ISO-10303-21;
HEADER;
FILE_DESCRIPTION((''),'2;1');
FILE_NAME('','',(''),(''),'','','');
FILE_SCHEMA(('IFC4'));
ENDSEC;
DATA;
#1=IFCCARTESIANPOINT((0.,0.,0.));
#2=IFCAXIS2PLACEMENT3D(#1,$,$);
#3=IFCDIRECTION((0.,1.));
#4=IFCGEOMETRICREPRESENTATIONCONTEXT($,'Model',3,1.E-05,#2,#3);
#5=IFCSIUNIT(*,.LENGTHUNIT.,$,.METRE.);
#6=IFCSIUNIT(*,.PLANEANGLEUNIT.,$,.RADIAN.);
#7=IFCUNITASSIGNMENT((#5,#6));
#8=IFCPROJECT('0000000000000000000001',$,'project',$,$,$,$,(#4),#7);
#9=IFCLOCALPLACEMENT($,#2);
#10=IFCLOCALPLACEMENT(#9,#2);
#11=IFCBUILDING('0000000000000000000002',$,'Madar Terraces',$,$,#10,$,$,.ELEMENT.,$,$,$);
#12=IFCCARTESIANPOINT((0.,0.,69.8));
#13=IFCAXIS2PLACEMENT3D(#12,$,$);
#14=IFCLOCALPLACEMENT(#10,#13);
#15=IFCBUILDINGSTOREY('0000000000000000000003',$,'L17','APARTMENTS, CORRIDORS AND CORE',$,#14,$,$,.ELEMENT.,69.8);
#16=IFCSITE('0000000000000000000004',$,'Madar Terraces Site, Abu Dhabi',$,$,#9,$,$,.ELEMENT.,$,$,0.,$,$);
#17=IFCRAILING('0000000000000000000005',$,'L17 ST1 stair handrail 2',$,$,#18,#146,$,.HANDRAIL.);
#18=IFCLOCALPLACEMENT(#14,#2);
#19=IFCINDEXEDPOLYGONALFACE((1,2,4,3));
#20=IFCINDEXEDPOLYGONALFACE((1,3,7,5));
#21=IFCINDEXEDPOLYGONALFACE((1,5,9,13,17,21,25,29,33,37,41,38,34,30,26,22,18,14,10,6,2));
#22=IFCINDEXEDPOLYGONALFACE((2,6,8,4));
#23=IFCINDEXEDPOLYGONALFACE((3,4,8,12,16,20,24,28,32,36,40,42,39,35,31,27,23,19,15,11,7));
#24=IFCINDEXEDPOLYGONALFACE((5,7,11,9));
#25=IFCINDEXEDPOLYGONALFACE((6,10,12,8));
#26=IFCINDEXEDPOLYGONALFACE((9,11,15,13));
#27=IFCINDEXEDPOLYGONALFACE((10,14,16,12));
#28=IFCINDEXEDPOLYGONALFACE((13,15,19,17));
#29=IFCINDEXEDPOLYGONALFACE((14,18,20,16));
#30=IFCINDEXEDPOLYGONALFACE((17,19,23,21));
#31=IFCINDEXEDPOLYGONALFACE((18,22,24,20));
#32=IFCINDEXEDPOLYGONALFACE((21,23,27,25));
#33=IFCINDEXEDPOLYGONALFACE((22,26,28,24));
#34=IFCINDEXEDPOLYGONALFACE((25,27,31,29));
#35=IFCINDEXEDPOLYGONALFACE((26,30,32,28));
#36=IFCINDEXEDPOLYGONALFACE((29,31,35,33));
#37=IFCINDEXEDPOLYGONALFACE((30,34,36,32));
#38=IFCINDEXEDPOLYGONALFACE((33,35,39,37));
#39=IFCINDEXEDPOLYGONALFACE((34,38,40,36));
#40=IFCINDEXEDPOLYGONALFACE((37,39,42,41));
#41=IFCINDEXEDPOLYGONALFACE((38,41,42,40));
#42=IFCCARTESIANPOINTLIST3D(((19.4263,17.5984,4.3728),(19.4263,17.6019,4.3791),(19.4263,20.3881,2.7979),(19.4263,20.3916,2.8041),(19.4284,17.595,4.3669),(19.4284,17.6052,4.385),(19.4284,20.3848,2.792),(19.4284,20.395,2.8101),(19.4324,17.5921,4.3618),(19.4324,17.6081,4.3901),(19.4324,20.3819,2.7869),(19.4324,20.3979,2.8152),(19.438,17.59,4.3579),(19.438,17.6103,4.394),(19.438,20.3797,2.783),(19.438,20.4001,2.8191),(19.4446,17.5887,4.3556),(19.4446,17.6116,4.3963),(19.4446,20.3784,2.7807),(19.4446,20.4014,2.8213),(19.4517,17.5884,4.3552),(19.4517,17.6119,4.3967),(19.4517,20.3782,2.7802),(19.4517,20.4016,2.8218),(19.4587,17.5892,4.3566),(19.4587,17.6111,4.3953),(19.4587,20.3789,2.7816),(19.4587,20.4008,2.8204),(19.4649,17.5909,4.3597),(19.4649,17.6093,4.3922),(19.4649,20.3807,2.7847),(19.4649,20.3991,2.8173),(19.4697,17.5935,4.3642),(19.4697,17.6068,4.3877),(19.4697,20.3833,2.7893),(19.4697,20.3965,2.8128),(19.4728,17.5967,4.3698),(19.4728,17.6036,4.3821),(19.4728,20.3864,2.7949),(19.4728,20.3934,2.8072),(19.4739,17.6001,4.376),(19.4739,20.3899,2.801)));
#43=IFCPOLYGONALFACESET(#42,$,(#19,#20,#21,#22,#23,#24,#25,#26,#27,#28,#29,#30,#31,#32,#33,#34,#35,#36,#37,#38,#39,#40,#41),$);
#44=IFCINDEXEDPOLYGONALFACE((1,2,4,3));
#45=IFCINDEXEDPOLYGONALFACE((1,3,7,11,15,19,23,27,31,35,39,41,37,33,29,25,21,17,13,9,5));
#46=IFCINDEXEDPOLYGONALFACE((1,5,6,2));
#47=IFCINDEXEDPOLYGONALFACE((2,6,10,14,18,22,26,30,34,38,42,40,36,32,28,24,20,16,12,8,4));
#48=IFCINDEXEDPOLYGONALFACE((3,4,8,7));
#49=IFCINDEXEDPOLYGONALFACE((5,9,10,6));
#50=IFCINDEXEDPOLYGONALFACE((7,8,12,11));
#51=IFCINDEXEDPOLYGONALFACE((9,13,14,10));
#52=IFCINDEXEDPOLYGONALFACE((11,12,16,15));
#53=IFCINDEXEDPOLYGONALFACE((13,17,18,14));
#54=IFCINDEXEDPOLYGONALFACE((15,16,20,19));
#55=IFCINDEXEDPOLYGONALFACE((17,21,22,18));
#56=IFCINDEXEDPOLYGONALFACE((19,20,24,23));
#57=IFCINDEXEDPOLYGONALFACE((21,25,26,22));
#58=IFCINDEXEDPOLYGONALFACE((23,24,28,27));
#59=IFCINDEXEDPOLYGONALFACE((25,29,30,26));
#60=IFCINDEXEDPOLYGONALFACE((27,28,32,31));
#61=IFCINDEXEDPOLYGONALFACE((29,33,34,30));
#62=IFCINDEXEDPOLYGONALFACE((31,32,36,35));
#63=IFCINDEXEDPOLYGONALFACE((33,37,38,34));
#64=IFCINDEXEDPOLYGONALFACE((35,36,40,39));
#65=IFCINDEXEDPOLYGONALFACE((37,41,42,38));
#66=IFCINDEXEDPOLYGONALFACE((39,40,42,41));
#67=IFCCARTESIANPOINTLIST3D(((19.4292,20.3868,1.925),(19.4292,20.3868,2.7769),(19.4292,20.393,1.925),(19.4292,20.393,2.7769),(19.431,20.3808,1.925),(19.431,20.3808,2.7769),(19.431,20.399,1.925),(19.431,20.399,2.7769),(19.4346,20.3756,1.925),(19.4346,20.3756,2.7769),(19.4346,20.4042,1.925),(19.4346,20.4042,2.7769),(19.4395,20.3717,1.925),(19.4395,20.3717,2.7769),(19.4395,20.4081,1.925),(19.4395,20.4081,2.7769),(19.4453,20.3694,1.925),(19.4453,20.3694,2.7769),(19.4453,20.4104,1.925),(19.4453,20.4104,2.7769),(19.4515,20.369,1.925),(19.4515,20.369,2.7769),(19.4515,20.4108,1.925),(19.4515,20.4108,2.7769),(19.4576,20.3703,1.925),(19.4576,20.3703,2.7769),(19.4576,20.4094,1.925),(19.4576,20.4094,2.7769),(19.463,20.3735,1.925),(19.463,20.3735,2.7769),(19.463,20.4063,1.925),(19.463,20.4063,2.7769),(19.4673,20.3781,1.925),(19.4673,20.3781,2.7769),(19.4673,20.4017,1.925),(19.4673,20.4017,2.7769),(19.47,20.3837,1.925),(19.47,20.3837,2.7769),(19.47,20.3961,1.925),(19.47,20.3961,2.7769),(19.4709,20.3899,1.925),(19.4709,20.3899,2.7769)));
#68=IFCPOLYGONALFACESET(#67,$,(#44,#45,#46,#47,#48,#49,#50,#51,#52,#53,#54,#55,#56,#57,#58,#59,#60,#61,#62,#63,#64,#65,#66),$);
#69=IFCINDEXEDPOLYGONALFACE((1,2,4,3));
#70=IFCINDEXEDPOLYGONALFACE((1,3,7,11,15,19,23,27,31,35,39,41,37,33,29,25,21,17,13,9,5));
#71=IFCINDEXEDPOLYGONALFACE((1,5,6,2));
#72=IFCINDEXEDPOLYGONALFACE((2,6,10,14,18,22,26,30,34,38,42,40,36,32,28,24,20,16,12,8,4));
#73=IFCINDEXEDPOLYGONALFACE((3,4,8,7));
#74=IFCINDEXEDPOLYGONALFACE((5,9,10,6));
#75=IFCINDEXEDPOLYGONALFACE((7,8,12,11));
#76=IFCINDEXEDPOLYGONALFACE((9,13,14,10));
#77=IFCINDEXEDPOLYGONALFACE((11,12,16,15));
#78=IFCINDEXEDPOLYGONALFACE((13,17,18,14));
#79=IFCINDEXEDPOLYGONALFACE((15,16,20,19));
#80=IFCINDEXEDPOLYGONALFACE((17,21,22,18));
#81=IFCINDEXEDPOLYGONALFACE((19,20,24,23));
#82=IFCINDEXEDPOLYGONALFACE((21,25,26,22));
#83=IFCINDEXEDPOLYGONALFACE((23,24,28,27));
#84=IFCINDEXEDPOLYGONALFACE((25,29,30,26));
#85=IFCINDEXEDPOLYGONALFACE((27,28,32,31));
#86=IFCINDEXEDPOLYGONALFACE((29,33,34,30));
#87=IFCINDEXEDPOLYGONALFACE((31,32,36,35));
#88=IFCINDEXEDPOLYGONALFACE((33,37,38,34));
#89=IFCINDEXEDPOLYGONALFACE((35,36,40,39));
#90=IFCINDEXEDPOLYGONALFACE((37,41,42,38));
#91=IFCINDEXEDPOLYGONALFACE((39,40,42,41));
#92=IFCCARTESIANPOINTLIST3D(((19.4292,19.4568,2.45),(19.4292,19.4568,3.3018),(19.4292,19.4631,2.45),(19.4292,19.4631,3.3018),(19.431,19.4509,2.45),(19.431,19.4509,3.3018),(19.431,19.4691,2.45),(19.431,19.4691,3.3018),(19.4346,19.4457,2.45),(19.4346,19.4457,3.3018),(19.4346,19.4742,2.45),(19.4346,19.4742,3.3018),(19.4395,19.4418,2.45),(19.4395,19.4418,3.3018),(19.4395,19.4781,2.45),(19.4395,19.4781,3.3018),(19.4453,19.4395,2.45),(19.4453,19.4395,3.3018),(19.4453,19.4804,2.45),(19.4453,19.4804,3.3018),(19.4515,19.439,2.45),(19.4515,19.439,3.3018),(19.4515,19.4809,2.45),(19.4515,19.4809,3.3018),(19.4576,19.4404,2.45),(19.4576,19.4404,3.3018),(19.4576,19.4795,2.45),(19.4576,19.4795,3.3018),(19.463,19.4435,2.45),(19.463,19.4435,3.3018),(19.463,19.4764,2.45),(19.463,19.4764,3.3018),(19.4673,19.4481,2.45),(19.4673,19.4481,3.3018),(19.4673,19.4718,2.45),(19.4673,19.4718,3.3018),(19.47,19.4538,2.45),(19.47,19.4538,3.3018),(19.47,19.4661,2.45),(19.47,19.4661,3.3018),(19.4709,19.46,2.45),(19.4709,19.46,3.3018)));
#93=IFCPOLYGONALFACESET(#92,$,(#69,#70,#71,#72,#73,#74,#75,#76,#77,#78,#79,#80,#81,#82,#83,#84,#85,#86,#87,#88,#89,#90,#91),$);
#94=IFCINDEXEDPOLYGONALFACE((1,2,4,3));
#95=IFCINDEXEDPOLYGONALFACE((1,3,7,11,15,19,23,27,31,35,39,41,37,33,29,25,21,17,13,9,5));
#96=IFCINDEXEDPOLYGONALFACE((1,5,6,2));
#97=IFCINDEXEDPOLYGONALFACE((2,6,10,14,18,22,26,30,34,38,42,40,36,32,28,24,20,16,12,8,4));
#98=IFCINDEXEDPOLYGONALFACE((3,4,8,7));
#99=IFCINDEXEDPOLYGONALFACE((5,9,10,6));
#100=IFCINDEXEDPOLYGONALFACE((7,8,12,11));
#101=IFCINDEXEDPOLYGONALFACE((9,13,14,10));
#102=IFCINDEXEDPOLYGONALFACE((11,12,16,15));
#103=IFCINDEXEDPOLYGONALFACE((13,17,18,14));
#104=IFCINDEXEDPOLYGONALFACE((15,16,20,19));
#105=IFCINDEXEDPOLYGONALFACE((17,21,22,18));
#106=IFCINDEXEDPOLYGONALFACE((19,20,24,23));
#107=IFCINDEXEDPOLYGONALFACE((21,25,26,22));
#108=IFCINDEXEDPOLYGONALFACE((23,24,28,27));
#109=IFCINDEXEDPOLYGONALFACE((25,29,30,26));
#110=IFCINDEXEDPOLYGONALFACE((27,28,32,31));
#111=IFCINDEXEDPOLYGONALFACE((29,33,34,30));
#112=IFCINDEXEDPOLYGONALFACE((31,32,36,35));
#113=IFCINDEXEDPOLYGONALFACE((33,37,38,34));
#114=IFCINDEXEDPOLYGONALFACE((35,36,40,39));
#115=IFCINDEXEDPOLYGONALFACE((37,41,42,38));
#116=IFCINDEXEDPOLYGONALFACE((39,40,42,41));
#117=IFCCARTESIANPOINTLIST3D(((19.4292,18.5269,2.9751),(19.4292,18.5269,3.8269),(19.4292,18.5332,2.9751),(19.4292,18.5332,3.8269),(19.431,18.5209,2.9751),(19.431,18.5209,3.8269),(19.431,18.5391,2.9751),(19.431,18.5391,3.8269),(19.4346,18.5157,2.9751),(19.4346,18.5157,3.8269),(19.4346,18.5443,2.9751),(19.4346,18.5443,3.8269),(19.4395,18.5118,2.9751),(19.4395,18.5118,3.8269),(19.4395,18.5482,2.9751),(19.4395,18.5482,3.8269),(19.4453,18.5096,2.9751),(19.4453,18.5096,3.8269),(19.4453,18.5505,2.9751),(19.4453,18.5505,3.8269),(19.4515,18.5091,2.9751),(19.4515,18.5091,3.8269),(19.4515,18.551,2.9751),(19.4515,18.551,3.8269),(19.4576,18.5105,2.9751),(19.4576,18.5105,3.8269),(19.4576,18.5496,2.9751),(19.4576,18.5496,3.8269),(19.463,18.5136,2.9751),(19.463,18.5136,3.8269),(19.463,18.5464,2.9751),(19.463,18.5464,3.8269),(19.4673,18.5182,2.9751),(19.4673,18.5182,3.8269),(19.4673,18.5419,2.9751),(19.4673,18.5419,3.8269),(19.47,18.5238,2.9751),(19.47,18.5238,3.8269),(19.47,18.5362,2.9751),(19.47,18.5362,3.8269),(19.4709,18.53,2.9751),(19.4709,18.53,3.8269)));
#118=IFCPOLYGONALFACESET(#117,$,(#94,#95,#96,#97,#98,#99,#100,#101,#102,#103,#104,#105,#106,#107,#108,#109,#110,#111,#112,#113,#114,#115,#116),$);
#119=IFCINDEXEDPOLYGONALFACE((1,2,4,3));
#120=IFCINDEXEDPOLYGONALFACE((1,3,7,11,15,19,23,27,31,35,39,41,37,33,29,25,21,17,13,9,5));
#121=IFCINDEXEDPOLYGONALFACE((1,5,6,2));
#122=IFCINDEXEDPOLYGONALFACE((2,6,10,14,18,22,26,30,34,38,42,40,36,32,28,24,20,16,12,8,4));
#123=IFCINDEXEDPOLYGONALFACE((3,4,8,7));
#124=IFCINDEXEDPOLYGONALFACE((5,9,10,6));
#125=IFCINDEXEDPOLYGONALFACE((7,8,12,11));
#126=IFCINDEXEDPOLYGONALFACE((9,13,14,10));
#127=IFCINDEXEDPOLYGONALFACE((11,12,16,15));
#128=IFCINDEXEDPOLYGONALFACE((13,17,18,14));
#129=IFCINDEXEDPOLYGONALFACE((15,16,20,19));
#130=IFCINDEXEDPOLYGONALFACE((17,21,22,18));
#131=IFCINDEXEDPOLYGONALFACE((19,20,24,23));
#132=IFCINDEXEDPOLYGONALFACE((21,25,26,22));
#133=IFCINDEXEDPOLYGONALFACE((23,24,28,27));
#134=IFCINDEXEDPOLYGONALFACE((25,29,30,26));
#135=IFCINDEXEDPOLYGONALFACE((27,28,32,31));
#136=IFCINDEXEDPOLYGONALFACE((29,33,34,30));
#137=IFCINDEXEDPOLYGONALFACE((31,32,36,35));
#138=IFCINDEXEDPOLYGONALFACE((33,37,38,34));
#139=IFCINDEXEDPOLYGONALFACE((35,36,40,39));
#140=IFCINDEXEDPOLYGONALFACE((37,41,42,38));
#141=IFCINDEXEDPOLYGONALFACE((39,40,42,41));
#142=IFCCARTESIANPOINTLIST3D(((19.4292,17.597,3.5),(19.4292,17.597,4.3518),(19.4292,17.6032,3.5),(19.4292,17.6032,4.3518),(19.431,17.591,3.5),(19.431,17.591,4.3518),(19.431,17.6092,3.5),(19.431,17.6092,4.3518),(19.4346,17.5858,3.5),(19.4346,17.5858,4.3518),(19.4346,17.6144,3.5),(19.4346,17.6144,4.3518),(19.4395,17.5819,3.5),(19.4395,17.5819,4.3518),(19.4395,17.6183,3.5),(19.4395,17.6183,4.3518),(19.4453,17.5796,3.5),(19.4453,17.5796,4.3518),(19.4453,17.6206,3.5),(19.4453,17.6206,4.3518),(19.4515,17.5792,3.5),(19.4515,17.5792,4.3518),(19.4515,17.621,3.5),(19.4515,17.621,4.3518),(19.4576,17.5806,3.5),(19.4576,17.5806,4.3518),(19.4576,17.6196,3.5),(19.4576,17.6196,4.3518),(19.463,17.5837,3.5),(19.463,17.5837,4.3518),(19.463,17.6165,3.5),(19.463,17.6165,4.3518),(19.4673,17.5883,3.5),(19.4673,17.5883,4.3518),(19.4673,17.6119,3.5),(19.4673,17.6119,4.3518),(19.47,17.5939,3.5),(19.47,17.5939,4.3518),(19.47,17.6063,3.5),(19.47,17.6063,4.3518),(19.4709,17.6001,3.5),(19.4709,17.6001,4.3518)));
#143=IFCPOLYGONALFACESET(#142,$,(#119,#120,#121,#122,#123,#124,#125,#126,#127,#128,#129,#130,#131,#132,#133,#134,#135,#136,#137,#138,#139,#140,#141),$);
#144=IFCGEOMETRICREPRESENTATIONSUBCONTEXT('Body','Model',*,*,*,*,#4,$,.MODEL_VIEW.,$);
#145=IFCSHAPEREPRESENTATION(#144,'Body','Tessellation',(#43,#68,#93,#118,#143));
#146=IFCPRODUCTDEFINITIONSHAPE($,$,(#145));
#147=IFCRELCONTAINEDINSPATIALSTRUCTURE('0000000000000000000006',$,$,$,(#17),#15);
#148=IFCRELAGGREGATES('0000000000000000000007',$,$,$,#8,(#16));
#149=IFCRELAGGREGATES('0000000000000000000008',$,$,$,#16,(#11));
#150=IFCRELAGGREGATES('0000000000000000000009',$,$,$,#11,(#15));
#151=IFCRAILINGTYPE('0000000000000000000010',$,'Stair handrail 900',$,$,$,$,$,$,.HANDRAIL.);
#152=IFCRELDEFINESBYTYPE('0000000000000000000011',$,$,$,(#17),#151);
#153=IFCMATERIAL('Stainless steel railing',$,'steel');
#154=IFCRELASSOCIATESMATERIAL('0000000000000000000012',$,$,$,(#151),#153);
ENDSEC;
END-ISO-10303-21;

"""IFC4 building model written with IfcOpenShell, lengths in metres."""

from ifc_helpers import new_model, si_unit, direction, frame, origin, origin_2d, place, context, subcontext, project, spatial, circle, extrude, material, type_object, element, save


model = new_model("IFC4")

# Units and contexts
model_context = context("Model", 3, precision=1e-05, world=origin(), true_north=direction((0.0, 1.0)))
body_context = subcontext(model_context, "Body", "Model", "MODEL_VIEW")
ifc_project = project(units=[si_unit("LENGTHUNIT", "METRE"), si_unit("PLANEANGLEUNIT", "RADIAN")], contexts=[model_context])

# Site, building, storey
site_placement = place(None, origin())
site = spatial("IfcSite", under=ifc_project, at=site_placement, Name="Madar Terraces Site, Abu Dhabi", CompositionType="ELEMENT", RefElevation=0.0)
building_placement = place(site_placement, origin())
building = spatial("IfcBuilding", under=site, at=building_placement, Name="Madar Terraces", CompositionType="ELEMENT")
storey_placement = place(building_placement, frame((0.0, 0.0, 69.8)))
storey = spatial("IfcBuildingStorey", under=building, at=storey_placement, Name="L17", Description="APARTMENTS, CORRIDORS AND CORE", CompositionType="ELEMENT", Elevation=69.8)

# Railing
ifc_material_1 = material(Name="Stainless steel railing", Category="steel")
railing_type_1 = type_object("IfcRailingType", Name="Stair handrail 900", PredefinedType="HANDRAIL", material=ifc_material_1)
railing_1_placement = place(storey_placement, frame((19.45, 20.3899, 1.925)))
element("IfcRailing", 1, at=railing_1_placement, inside=storey, type_object=railing_type_1, Name="L17 ST1 stair handrail 2", PredefinedType="HANDRAIL", context=body_context, shape_type="SweptSolid", body=[
    extrude(circle(Radius=0.0239, at=origin_2d()), frame((0.0, 0.0, 0.876), z_axis=(0.0, -0.870815, 0.49161), x_axis=(1.0, 0.0, 0.0)), (0.0, 0.0, 1.0), 3.2036),
    extrude(circle(Radius=0.021, at=origin_2d()), origin(), (0.0, 0.0, 1.0), 0.8518),
    extrude(circle(Radius=0.021, at=origin_2d()), frame((0.0, -0.9299, 0.5249)), (0.0, 0.0, 1.0), 0.8518),
    extrude(circle(Radius=0.021, at=origin_2d()), frame((0.0, -1.8599, 1.05)), (0.0, 0.0, 1.0), 0.8518),
    extrude(circle(Radius=0.021, at=origin_2d()), frame((0.0, -2.7898, 1.575)), (0.0, 0.0, 1.0), 0.8518),
])

save(model, "model.ifc")
